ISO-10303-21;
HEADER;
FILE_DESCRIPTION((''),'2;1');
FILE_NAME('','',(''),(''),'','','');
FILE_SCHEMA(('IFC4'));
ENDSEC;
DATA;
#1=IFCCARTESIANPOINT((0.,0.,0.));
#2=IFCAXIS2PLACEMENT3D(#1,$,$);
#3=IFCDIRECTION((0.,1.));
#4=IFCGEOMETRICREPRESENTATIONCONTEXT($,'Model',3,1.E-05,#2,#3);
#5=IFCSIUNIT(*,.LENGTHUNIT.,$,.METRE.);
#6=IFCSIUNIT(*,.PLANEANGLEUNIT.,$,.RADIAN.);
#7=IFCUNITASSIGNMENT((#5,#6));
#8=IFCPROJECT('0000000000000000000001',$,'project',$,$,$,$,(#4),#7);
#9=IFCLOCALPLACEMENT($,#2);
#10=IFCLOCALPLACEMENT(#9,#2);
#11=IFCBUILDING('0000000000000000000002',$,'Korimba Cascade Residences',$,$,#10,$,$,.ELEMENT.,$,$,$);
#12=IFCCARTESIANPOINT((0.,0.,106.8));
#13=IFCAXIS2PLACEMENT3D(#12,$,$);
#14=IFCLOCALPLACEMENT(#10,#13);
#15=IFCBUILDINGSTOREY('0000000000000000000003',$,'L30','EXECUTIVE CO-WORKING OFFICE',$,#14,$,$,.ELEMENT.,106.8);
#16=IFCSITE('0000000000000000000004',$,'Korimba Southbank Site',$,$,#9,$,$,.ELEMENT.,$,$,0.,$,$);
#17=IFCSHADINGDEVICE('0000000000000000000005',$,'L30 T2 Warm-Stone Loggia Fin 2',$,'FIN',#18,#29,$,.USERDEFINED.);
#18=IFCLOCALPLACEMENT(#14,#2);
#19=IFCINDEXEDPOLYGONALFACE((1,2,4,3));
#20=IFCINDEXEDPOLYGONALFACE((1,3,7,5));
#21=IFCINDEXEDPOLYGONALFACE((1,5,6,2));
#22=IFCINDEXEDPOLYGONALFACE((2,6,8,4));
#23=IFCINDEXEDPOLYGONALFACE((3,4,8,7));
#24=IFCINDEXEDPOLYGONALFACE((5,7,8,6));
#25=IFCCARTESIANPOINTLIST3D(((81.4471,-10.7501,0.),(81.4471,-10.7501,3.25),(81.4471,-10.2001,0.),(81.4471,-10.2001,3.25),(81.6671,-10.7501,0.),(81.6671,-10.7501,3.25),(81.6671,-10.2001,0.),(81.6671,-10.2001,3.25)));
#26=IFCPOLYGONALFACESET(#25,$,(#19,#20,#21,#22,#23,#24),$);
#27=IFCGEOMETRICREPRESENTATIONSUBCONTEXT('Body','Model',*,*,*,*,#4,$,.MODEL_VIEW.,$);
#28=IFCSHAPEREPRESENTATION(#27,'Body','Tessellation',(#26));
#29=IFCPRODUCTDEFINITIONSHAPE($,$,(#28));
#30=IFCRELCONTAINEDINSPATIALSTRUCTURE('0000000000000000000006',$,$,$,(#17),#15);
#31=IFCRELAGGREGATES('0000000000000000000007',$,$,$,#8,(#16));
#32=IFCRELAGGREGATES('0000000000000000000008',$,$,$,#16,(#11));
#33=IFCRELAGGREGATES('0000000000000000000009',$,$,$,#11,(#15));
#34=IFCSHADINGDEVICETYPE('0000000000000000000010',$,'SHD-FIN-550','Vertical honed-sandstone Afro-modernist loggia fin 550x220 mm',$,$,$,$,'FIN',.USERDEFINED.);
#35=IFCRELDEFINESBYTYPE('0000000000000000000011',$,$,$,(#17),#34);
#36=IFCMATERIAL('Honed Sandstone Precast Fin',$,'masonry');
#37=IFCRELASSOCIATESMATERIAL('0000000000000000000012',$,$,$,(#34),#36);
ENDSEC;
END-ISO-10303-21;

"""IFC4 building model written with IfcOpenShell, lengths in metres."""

from ifc_helpers import new_model, si_unit, direction, frame, origin, origin_2d, place, context, subcontext, project, spatial, rectangle, extrude, material, type_object, element, save


model = new_model("IFC4")

# Units and contexts
model_context = context("Model", 3, precision=1e-05, world=origin(), true_north=direction((0.0, 1.0)))
body_context = subcontext(model_context, "Body", "Model", "MODEL_VIEW")
ifc_project = project(units=[si_unit("LENGTHUNIT", "METRE"), si_unit("PLANEANGLEUNIT", "RADIAN")], contexts=[model_context])

# Site, building, storey
site_placement = place(None, origin())
site = spatial("IfcSite", under=ifc_project, at=site_placement, Name="Korimba Southbank Site", CompositionType="ELEMENT", RefElevation=0.0)
building_placement = place(site_placement, origin())
building = spatial("IfcBuilding", under=site, at=building_placement, Name="Korimba Cascade Residences", CompositionType="ELEMENT")
storey_placement = place(building_placement, frame((0.0, 0.0, 106.8)))
storey = spatial("IfcBuildingStorey", under=building, at=storey_placement, Name="L30", Description="EXECUTIVE CO-WORKING OFFICE", CompositionType="ELEMENT", Elevation=106.8)

# Shading device
ifc_material_1 = material(Name="Honed Sandstone Precast Fin", Category="masonry")
shading_device_type = type_object("IfcShadingDeviceType", Name="SHD-FIN-550", Description="Vertical honed-sandstone Afro-modernist loggia fin 550x220 mm", ElementType="FIN", PredefinedType="USERDEFINED", material=ifc_material_1)
for number, where, z_axis, x_axis, name in (
    (1, (81.5571, -10.4751, 0.0), (0.0, 0.0, 1.0), (1.0, 0.0, 0.0), "L30 T2 Warm-Stone Loggia Fin 2"),
):
    element("IfcShadingDevice", number, at=place(storey_placement, frame(where, z_axis=z_axis, x_axis=x_axis)), inside=storey, type_object=shading_device_type, Name=name, ObjectType="FIN", PredefinedType="USERDEFINED", context=body_context, shape_type="SweptSolid", body=[
        extrude(rectangle(XDim=0.22, YDim=0.55, at=origin_2d()), origin(), (0.0, 0.0, 1.0), 3.25),
    ])

save(model, "model.ifc")
